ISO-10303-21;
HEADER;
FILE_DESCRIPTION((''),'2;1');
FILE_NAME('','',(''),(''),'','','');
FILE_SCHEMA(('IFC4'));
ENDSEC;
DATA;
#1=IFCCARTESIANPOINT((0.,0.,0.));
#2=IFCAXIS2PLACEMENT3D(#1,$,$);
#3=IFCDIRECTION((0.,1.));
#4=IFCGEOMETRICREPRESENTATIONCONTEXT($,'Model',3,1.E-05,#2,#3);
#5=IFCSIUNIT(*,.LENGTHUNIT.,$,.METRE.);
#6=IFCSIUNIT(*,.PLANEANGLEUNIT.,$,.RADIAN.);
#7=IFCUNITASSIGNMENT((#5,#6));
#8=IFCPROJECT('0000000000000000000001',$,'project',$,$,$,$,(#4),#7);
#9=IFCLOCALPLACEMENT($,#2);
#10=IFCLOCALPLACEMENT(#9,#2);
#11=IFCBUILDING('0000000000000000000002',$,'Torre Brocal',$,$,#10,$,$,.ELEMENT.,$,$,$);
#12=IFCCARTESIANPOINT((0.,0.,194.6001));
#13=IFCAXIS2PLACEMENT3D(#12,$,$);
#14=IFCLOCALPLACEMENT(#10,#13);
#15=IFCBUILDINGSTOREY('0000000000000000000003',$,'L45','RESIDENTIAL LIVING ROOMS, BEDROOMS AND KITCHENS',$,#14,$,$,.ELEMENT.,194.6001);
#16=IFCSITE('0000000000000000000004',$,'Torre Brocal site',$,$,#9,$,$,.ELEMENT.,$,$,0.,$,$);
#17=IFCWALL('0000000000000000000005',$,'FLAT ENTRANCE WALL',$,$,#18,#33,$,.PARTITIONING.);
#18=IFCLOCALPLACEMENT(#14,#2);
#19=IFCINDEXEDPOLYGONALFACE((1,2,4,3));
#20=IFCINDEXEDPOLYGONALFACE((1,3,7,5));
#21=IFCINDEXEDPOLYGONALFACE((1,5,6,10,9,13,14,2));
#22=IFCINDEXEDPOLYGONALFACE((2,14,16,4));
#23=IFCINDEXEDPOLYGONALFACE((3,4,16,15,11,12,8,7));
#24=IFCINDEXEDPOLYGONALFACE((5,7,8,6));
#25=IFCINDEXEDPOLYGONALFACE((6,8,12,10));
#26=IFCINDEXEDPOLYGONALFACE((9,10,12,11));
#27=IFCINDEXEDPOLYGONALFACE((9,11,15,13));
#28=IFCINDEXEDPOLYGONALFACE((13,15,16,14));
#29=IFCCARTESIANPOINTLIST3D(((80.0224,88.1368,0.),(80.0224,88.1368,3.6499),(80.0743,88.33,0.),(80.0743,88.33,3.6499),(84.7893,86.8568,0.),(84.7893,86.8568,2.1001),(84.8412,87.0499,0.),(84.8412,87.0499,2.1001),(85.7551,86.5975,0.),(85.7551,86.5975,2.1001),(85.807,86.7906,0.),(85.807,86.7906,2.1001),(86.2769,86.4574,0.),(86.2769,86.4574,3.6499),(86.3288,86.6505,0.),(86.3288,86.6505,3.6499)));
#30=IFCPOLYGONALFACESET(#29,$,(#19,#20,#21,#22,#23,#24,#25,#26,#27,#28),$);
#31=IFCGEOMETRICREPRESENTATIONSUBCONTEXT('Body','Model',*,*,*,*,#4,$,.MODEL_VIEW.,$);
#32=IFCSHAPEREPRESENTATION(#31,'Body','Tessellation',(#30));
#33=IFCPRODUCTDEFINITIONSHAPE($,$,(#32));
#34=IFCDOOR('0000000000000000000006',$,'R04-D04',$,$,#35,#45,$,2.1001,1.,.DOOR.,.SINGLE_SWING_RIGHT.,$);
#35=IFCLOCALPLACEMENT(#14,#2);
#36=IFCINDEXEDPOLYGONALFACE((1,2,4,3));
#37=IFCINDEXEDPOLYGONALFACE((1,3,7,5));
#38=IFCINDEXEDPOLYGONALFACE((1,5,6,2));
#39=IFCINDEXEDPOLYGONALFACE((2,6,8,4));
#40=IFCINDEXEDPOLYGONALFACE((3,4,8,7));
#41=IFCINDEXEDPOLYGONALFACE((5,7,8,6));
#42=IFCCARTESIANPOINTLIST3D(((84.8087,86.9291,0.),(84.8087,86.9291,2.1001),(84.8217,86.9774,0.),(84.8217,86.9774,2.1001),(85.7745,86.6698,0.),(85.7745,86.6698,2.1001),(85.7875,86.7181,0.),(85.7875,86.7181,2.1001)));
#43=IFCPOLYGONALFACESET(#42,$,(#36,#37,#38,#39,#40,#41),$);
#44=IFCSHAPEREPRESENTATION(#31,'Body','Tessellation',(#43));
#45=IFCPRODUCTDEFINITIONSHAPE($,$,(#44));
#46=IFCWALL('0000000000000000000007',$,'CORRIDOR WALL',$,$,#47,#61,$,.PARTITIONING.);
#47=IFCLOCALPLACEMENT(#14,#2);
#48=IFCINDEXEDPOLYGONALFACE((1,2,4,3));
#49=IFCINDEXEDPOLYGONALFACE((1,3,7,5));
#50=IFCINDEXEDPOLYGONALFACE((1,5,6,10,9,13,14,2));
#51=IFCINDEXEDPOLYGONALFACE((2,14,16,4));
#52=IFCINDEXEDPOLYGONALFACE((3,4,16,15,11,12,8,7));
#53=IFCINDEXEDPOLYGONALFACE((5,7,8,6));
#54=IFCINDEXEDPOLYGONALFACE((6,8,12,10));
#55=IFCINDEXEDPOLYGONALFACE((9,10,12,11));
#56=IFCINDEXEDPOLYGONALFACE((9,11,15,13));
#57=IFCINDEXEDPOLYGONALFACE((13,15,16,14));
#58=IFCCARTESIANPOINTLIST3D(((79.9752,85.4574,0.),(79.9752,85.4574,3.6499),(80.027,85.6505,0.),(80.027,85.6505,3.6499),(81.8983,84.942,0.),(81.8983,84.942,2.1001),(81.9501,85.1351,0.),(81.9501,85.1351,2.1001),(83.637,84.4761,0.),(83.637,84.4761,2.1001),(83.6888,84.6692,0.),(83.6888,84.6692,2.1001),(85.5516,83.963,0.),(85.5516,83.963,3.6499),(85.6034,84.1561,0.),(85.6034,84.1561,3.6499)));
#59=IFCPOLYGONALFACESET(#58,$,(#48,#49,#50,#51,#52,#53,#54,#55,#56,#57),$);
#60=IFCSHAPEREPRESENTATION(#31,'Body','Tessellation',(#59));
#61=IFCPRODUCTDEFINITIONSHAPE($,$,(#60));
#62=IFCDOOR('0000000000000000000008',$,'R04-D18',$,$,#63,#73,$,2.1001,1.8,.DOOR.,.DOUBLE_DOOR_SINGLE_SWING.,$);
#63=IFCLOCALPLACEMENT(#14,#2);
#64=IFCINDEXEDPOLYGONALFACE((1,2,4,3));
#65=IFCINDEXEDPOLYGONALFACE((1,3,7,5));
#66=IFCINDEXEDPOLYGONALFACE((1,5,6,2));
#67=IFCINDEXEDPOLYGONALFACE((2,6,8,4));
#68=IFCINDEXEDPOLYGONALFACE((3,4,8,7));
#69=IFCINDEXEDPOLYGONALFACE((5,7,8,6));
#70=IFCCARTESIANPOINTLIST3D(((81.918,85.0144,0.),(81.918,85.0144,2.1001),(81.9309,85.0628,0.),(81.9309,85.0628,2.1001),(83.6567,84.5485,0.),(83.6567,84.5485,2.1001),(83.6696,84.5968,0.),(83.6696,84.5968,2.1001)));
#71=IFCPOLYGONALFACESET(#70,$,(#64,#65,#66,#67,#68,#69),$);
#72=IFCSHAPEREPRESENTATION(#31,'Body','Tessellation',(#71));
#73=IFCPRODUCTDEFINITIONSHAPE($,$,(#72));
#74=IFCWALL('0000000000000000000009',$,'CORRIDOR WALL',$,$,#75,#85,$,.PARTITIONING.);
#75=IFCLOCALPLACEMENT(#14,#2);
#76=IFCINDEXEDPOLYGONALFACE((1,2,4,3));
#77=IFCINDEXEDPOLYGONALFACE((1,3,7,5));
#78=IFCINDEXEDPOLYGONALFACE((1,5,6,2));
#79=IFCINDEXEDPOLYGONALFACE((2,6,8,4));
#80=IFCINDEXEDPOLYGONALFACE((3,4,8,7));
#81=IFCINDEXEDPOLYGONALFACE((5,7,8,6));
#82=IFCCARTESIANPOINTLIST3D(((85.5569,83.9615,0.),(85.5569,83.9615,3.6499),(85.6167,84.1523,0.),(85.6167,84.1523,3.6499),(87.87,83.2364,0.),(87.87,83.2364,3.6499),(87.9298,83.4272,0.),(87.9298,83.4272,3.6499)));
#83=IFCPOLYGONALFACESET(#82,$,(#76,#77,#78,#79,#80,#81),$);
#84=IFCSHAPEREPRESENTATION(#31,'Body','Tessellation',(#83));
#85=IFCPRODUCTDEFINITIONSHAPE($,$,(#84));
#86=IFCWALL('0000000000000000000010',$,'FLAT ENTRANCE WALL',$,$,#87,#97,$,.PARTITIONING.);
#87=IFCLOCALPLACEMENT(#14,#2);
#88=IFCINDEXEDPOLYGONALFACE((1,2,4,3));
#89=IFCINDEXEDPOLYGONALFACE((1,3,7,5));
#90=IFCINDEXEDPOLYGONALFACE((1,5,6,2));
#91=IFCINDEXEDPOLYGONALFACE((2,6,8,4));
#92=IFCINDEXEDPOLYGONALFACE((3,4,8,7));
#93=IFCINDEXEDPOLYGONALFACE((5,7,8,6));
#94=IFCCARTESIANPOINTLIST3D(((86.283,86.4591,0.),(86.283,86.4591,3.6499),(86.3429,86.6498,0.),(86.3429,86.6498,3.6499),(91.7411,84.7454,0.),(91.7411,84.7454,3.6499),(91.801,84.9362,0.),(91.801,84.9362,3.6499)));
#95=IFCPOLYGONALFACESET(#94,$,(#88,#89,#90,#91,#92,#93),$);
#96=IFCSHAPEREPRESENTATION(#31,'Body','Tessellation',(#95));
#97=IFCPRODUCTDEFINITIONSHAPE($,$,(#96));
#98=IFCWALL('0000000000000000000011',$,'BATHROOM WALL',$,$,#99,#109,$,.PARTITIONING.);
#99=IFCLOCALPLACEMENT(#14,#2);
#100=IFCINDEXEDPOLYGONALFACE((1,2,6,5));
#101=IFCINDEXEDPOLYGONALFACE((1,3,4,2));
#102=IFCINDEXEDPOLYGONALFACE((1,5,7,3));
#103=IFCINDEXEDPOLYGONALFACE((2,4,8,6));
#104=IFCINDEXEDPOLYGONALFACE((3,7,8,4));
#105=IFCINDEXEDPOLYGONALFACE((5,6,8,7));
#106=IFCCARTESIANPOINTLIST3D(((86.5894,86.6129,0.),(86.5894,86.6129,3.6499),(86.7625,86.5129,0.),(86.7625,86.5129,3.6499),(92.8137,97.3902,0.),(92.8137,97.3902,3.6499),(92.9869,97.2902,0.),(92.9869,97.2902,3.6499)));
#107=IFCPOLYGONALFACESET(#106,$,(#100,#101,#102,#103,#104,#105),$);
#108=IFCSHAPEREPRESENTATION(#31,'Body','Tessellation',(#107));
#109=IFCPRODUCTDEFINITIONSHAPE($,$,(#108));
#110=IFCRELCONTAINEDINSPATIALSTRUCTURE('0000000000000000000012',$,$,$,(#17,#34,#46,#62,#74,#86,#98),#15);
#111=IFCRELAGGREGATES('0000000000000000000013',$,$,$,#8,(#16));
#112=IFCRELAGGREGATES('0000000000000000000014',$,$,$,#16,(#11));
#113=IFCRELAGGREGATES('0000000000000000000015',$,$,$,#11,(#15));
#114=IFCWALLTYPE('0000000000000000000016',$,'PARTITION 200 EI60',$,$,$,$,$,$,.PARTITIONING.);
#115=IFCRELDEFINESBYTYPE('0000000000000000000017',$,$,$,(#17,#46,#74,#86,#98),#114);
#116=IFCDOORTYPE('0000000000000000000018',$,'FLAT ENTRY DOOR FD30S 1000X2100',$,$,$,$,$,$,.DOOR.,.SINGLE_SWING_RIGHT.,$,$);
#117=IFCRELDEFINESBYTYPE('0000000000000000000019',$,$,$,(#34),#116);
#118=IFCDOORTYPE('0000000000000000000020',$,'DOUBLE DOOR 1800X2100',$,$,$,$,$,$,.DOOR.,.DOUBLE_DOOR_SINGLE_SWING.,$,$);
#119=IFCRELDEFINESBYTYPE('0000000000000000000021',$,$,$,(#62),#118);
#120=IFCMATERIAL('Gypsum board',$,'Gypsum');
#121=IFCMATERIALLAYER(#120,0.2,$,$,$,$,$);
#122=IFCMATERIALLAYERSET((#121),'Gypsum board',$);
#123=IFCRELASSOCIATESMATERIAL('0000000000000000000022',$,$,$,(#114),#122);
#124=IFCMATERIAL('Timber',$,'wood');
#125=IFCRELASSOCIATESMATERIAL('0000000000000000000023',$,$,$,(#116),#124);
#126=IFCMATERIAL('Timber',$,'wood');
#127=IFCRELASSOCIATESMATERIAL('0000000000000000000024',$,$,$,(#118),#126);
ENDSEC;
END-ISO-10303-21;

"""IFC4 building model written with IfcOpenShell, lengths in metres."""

from ifc_helpers import new_model, si_unit, direction, frame, frame_2d, origin, place, context, subcontext, project, spatial, rectangle, extrude, material, layer, layer_set, type_object, element, fill, save


model = new_model("IFC4")

# Units and contexts
model_context = context("Model", 3, precision=1e-05, world=origin(), true_north=direction((0.0, 1.0)))
body_context = subcontext(model_context, "Body", "Model", "MODEL_VIEW")
ifc_project = project(units=[si_unit("LENGTHUNIT", "METRE"), si_unit("PLANEANGLEUNIT", "RADIAN")], contexts=[model_context])

# Site, building, storey
site_placement = place(None, origin())
site = spatial("IfcSite", under=ifc_project, at=site_placement, Name="Torre Brocal site", CompositionType="ELEMENT", RefElevation=0.0)
building_placement = place(site_placement, origin())
building = spatial("IfcBuilding", under=site, at=building_placement, Name="Torre Brocal", CompositionType="ELEMENT")
storey_placement = place(building_placement, frame((0.0, 0.0, 194.6001)))
storey = spatial("IfcBuildingStorey", under=building, at=storey_placement, Name="L45", Description="RESIDENTIAL LIVING ROOMS, BEDROOMS AND KITCHENS", CompositionType="ELEMENT", Elevation=194.6001)

# Shared definitions
ifc_material_1 = material(Name="Gypsum board", Category="Gypsum")
ifc_layer_1 = layer(ifc_material_1, 0.2)
ifc_layer_set_1 = layer_set([ifc_layer_1], Name="Gypsum board")
wall_type_1 = type_object("IfcWallType", Name="PARTITION 200 EI60", PredefinedType="PARTITIONING", material=ifc_layer_set_1)

# Walls, openings, doors
wall_1_placement = place(storey_placement, frame((80.0483, 88.2334, 0.0), z_axis=(0.0, 0.0, 1.0), x_axis=(0.965787, -0.259335, 0.0)))
wall_1 = element("IfcWall", 1, at=wall_1_placement, inside=storey, type_object=wall_type_1, Name="FLAT ENTRANCE WALL", PredefinedType="PARTITIONING", context=body_context, shape_type="SweptSolid", body=[
    extrude(rectangle(XDim=6.4761, YDim=0.2, at=frame_2d((3.238, 0.0))), origin(), (0.0, 0.0, 1.0), 3.6499),
])
opening_1_placement = place(wall_1_placement, frame((4.9358, 0.0, 0.0)))
opening_1 = element("IfcOpeningElement", 2, at=opening_1_placement, cuts=wall_1, PredefinedType="OPENING", context=body_context, shape_type="SweptSolid", body=[
    extrude(rectangle(XDim=1.0, YDim=2.1001, at=frame_2d((0.5, 1.05))), frame((0.0, 0.1099, 0.0), z_axis=(0.0, -1.0, 0.0), x_axis=(1.0, 0.0, 0.0)), (0.0, 0.0, 1.0), 0.22),
])
ifc_material_2 = material(Name="Timber", Category="wood")
door_type_1 = type_object("IfcDoorType", Name="FLAT ENTRY DOOR FD30S 1000X2100", OperationType="SINGLE_SWING_RIGHT", PredefinedType="DOOR", material=ifc_material_2)
door_1_placement = place(opening_1_placement, origin())
door_1 = element("IfcDoor", 3, at=door_1_placement, inside=storey, type_object=door_type_1, Name="R04-D04", OperationType="SINGLE_SWING_RIGHT", OverallHeight=2.1001, OverallWidth=1.0, PredefinedType="DOOR", context=body_context, shape_type="SweptSolid", body=[
    extrude(rectangle(XDim=1.0, YDim=2.1001, at=frame_2d((0.5, 1.05))), frame((0.0, 0.0249, 0.0), z_axis=(0.0, -1.0, 0.0), x_axis=(1.0, 0.0, 0.0)), (0.0, 0.0, 1.0), 0.05),
])
fill(opening_1, door_1)
wall_2_placement = place(storey_placement, frame((80.001, 85.554, 0.0), z_axis=(0.0, 0.0, 1.0), x_axis=(0.965918, -0.25885, 0.0)))
wall_2 = element("IfcWall", 4, at=wall_2_placement, inside=storey, type_object=wall_type_1, Name="CORRIDOR WALL", PredefinedType="PARTITIONING", context=body_context, shape_type="SweptSolid", body=[
    extrude(rectangle(XDim=5.7732, YDim=0.2, at=frame_2d((2.8867, 0.0))), origin(), (0.0, 0.0, 1.0), 3.6499),
])
opening_2_placement = place(wall_2_placement, frame((1.9912, 0.0, 0.0)))
opening_2 = element("IfcOpeningElement", 5, at=opening_2_placement, cuts=wall_2, PredefinedType="OPENING", context=body_context, shape_type="SweptSolid", body=[
    extrude(rectangle(XDim=1.8, YDim=2.1001, at=frame_2d((0.8999, 1.05))), frame((0.0, 0.1099, 0.0), z_axis=(0.0, -1.0, 0.0), x_axis=(1.0, 0.0, 0.0)), (0.0, 0.0, 1.0), 0.22),
])
ifc_material_3 = material(Name="Timber", Category="wood")
door_type_2 = type_object("IfcDoorType", Name="DOUBLE DOOR 1800X2100", OperationType="DOUBLE_DOOR_SINGLE_SWING", PredefinedType="DOOR", material=ifc_material_3)
door_2_placement = place(opening_2_placement, frame((1.8, 0.0, 0.0), z_axis=(0.0, 0.0, 1.0), x_axis=(-1.0, 0.0, 0.0)))
door_2 = element("IfcDoor", 6, at=door_2_placement, inside=storey, type_object=door_type_2, Name="R04-D18", OperationType="DOUBLE_DOOR_SINGLE_SWING", OverallHeight=2.1001, OverallWidth=1.8, PredefinedType="DOOR", context=body_context, shape_type="SweptSolid", body=[
    extrude(rectangle(XDim=1.8, YDim=2.1001, at=frame_2d((0.8999, 1.05))), frame((0.0, 0.0249, 0.0), z_axis=(0.0, -1.0, 0.0), x_axis=(1.0, 0.0, 0.0)), (0.0, 0.0, 1.0), 0.05),
])
fill(opening_2, door_2)

# Walls
wall_3_placement = place(storey_placement, frame((85.5869, 84.0569, 0.0), z_axis=(0.0, 0.0, 1.0), x_axis=(0.954211, -0.299135, 0.0)))
element("IfcWall", 7, at=wall_3_placement, inside=storey, type_object=wall_type_1, Name="CORRIDOR WALL", PredefinedType="PARTITIONING", context=body_context, shape_type="SweptSolid", body=[
    extrude(rectangle(XDim=2.4241, YDim=0.2, at=frame_2d((1.2119, 0.0))), origin(), (0.0, 0.0, 1.0), 3.6499),
])
wall_4_placement = place(storey_placement, frame((86.313, 86.5544, 0.0), z_axis=(0.0, 0.0, 1.0), x_axis=(0.954081, -0.299548, 0.0)))
element("IfcWall", 8, at=wall_4_placement, inside=storey, type_object=wall_type_1, Name="FLAT ENTRANCE WALL", PredefinedType="PARTITIONING", context=body_context, shape_type="SweptSolid", body=[
    extrude(rectangle(XDim=5.7207, YDim=0.2, at=frame_2d((2.8604, 0.0))), origin(), (0.0, 0.0, 1.0), 3.6499),
])
wall_5_placement = place(storey_placement, frame((86.676, 86.563, 0.0), z_axis=(0.0, 0.0, 1.0), x_axis=(0.500124, 0.865954, 0.0)))
element("IfcWall", 9, at=wall_5_placement, inside=storey, type_object=wall_type_1, Name="BATHROOM WALL", PredefinedType="PARTITIONING", context=body_context, shape_type="SweptSolid", body=[
    extrude(rectangle(XDim=12.4456, YDim=0.2, at=frame_2d((6.2227, 0.0))), origin(), (0.0, 0.0, 1.0), 3.6499),
])

save(model, "model.ifc")
